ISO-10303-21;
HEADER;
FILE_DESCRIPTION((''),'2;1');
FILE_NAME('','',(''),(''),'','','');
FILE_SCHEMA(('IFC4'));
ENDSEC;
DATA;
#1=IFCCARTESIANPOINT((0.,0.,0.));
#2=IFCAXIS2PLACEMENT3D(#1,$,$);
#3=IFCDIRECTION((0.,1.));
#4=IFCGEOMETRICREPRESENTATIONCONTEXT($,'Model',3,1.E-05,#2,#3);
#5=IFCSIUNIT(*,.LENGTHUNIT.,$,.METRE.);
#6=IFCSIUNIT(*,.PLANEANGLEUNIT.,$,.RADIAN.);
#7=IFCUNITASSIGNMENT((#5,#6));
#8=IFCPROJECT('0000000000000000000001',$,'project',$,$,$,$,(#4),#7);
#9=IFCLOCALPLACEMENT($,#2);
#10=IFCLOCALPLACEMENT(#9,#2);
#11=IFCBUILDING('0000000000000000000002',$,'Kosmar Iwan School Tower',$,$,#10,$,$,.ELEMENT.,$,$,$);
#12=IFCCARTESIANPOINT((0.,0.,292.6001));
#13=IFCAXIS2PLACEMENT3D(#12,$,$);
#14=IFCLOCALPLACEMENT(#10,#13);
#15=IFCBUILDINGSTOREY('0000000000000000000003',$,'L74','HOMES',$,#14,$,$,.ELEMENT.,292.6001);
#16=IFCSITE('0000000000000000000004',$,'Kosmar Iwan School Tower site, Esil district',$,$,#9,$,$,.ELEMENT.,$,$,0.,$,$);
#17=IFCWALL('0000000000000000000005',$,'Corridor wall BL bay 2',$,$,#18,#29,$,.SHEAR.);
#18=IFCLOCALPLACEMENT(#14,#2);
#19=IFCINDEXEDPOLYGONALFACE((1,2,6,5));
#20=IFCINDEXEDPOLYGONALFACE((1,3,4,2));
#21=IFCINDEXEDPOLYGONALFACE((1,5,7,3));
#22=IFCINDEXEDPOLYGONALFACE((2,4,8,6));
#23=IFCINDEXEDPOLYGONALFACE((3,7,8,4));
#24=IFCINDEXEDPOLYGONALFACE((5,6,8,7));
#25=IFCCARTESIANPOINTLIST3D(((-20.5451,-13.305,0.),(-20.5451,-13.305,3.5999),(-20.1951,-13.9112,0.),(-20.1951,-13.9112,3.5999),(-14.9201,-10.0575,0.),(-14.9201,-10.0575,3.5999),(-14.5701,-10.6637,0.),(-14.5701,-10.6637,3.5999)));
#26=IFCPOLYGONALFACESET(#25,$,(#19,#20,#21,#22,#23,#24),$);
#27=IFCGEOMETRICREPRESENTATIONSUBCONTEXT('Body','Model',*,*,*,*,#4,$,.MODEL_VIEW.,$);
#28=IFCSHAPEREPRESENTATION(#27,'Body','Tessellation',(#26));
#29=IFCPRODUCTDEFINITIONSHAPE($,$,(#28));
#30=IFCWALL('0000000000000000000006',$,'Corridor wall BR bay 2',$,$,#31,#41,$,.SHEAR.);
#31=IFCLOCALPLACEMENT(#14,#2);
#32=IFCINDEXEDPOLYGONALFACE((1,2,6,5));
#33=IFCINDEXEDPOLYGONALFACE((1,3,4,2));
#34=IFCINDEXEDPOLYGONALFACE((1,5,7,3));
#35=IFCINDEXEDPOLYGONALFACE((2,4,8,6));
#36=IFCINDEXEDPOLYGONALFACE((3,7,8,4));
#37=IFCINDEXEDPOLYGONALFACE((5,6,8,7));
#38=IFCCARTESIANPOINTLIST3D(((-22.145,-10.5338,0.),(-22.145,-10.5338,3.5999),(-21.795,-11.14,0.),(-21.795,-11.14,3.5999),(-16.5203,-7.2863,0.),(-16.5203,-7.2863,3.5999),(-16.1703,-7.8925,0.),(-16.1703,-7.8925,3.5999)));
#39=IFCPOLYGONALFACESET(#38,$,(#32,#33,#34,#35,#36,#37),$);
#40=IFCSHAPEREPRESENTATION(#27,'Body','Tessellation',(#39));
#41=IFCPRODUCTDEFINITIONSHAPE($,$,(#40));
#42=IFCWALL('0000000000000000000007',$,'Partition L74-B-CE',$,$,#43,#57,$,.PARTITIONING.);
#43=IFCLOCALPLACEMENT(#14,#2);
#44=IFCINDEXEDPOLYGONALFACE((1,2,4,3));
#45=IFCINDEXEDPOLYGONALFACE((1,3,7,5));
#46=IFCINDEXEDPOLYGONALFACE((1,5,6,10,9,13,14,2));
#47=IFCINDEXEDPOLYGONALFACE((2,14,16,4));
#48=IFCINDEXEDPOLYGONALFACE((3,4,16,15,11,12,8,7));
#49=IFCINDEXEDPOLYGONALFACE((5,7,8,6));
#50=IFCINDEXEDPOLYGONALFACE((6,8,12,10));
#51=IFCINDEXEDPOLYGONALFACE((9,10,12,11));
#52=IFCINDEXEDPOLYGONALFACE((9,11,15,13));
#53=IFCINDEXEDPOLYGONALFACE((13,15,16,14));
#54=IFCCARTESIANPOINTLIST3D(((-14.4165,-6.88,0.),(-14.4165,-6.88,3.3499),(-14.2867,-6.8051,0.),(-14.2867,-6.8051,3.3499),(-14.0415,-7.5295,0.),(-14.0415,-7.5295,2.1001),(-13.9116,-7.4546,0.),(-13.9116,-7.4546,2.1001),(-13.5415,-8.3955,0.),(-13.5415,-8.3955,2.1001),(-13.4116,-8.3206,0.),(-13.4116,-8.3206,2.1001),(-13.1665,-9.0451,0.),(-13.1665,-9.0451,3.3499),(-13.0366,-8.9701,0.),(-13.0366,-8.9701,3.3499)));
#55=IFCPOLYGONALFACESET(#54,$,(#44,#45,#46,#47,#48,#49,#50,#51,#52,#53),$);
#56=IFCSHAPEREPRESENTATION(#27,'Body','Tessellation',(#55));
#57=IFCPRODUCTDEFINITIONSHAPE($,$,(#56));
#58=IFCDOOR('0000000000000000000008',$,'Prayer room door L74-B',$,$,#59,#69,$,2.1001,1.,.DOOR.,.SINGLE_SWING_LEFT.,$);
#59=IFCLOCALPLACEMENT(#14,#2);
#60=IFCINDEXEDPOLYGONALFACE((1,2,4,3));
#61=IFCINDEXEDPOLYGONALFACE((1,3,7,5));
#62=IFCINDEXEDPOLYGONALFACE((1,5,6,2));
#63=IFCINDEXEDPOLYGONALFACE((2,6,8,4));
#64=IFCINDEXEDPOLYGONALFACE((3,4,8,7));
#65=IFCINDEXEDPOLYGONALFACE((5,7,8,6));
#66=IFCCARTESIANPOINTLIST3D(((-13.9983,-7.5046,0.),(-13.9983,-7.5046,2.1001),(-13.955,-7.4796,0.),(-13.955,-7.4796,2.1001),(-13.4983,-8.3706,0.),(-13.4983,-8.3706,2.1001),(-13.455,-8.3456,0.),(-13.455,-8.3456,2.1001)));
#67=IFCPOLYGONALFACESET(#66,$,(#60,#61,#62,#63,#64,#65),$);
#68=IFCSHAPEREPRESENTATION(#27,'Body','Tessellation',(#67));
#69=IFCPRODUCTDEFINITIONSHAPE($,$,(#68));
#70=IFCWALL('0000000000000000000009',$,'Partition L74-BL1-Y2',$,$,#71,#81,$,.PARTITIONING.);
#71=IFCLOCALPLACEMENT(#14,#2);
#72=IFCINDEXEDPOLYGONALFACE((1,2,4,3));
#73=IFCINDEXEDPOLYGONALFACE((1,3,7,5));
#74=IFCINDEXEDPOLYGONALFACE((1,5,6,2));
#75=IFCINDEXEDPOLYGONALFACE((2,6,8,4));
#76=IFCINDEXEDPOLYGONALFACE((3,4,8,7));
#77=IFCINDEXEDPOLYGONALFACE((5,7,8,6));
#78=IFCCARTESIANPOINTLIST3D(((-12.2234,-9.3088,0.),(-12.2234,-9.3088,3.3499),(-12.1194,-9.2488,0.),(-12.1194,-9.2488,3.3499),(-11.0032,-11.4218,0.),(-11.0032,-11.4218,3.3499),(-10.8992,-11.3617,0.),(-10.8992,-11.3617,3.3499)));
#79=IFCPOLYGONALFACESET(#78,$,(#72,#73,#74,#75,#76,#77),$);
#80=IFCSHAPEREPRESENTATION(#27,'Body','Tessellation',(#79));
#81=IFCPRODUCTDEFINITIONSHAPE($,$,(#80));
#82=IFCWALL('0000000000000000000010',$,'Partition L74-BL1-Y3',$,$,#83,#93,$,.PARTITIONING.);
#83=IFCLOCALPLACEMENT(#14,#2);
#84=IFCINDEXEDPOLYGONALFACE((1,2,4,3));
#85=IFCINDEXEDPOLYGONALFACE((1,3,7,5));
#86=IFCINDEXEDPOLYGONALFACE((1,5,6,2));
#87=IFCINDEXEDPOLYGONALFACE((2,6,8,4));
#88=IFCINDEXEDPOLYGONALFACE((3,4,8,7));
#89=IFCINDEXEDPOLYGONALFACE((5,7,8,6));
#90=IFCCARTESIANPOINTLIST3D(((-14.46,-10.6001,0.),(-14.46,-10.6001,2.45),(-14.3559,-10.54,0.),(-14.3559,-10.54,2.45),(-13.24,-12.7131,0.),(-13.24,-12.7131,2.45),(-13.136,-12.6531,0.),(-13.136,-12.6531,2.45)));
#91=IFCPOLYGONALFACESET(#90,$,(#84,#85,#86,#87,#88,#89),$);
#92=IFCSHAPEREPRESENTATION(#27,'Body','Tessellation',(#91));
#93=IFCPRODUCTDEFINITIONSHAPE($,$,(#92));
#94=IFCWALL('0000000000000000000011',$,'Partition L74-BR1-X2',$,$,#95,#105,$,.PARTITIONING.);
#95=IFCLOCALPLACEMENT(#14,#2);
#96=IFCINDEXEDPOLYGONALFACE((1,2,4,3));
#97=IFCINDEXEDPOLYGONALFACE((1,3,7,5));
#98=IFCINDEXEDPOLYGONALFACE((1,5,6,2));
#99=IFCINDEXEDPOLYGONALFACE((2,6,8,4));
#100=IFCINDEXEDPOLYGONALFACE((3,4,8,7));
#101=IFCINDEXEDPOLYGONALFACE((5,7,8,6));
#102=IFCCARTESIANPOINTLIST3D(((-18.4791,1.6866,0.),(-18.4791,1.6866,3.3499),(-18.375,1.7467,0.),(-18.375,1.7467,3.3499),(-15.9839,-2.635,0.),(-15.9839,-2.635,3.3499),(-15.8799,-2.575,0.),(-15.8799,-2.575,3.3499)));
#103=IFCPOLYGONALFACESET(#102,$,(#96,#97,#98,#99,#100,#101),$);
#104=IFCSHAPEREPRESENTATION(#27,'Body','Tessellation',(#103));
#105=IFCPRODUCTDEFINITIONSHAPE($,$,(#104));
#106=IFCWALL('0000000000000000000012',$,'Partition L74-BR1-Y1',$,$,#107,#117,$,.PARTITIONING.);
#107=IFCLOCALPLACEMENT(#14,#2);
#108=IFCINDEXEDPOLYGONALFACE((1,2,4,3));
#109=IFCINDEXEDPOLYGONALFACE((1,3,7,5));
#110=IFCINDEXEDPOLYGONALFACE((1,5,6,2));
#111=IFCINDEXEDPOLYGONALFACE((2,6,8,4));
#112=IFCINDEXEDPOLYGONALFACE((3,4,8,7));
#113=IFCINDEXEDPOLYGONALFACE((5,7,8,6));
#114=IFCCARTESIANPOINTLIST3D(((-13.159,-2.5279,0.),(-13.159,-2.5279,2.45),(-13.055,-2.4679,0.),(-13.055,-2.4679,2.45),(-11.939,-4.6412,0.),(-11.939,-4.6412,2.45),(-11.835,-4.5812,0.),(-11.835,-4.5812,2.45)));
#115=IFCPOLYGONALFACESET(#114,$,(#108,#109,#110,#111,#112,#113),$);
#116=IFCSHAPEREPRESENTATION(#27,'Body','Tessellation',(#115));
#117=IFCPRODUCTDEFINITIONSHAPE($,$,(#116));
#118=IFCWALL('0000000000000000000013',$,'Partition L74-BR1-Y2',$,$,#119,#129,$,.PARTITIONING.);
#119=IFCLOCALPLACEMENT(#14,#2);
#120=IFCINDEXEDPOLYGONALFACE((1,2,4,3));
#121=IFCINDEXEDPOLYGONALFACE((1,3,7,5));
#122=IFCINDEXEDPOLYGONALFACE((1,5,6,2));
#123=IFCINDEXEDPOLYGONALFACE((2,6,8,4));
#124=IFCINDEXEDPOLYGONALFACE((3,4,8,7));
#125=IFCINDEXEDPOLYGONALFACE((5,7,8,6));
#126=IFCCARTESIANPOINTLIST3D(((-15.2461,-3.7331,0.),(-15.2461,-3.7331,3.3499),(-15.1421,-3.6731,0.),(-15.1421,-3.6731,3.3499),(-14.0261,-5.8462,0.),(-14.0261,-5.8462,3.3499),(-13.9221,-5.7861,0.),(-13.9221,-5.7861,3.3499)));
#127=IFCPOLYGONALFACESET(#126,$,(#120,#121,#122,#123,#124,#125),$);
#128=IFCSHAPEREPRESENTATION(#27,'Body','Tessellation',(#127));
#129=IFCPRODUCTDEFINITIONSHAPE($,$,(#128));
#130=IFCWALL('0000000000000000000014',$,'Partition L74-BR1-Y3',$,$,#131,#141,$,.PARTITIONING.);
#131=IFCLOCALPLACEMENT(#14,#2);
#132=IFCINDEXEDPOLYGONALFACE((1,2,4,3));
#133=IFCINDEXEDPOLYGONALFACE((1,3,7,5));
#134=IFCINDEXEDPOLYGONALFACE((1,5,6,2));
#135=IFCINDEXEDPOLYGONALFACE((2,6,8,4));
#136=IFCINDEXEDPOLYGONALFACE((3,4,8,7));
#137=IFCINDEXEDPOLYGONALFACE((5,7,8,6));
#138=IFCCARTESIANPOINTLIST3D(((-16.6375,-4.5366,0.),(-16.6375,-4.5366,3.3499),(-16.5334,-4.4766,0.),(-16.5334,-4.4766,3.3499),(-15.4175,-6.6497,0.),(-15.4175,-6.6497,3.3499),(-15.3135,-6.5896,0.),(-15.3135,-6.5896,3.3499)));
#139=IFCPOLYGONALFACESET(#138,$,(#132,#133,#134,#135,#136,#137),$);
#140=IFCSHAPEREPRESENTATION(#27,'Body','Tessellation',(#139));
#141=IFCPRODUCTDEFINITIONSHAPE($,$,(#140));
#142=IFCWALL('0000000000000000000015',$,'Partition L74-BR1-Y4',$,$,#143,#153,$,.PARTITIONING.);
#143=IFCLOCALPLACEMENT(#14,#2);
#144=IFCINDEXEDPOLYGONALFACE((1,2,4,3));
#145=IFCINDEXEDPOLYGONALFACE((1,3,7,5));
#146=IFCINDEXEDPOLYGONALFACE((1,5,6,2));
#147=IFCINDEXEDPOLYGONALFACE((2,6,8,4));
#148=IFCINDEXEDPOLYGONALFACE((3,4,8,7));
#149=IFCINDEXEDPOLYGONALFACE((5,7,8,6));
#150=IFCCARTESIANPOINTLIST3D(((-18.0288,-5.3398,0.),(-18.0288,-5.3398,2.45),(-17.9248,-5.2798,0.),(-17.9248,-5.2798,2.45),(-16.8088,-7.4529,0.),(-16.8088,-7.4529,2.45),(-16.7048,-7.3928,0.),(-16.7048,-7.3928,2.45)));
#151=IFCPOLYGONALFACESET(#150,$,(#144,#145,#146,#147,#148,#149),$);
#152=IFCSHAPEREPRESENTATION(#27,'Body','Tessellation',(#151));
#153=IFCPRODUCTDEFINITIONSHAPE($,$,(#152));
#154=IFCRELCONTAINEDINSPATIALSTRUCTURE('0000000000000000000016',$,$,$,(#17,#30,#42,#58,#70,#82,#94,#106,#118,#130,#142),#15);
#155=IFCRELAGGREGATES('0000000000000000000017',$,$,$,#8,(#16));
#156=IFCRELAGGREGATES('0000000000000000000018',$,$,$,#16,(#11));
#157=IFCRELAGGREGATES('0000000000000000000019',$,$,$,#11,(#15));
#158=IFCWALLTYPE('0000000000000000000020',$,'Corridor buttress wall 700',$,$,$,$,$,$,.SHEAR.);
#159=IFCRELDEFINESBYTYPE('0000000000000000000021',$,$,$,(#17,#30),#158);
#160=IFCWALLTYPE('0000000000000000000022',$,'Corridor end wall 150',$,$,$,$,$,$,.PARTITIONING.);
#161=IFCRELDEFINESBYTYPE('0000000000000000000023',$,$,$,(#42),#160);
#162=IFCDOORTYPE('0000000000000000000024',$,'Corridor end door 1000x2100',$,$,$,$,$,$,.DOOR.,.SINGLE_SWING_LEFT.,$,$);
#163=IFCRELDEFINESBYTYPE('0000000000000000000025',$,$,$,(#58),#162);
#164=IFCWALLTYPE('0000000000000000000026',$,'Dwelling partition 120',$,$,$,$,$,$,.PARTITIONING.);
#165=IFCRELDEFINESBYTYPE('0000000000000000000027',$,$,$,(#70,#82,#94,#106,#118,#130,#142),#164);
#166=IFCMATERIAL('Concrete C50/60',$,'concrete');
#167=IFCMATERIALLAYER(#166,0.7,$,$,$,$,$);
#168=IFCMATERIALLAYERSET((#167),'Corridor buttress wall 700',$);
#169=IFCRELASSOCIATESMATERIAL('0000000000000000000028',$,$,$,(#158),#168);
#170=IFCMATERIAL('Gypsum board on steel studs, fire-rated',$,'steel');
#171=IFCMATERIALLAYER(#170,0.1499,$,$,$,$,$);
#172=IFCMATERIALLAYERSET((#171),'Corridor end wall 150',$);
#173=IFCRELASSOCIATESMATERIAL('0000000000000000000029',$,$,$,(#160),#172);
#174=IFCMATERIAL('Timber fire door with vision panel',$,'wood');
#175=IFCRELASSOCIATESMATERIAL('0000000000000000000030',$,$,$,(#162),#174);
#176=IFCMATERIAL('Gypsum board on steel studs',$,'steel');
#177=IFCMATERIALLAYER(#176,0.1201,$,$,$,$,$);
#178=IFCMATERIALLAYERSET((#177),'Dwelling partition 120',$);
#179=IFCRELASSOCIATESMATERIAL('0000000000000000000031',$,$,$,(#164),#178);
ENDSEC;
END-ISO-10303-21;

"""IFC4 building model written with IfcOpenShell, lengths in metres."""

from ifc_helpers import new_model, si_unit, direction, frame, frame_2d, origin, place, context, subcontext, project, spatial, rectangle, extrude, material, layer, layer_set, type_object, element, fill, save


model = new_model("IFC4")

# Units and contexts
model_context = context("Model", 3, precision=1e-05, world=origin(), true_north=direction((0.0, 1.0)))
body_context = subcontext(model_context, "Body", "Model", "MODEL_VIEW")
ifc_project = project(units=[si_unit("LENGTHUNIT", "METRE"), si_unit("PLANEANGLEUNIT", "RADIAN")], contexts=[model_context])

# Site, building, storey
site_placement = place(None, origin())
site = spatial("IfcSite", under=ifc_project, at=site_placement, Name="Kosmar Iwan School Tower site, Esil district", CompositionType="ELEMENT", RefElevation=0.0)
building_placement = place(site_placement, origin())
building = spatial("IfcBuilding", under=site, at=building_placement, Name="Kosmar Iwan School Tower", CompositionType="ELEMENT")
storey_placement = place(building_placement, frame((0.0, 0.0, 292.6001)))
storey = spatial("IfcBuildingStorey", under=building, at=storey_placement, Name="L74", Description="HOMES", CompositionType="ELEMENT", Elevation=292.6001)

# Walls
ifc_material_1 = material(Name="Concrete C50/60", Category="concrete")
ifc_layer_1 = layer(ifc_material_1, 0.7)
ifc_layer_set_1 = layer_set([ifc_layer_1], Name="Corridor buttress wall 700")
wall_type_1 = type_object("IfcWallType", Name="Corridor buttress wall 700", PredefinedType="SHEAR", material=ifc_layer_set_1)
wall_1_placement = place(storey_placement, frame((-14.7451, -10.3606, 0.0), z_axis=(0.0, 0.0, 1.0), x_axis=(-0.866028, -0.499996, 0.0)))
element("IfcWall", 1, at=wall_1_placement, inside=storey, type_object=wall_type_1, Name="Corridor wall BL bay 2", PredefinedType="SHEAR", context=body_context, shape_type="SweptSolid", body=[
    extrude(rectangle(XDim=6.4951, YDim=0.7, at=frame_2d((3.2476, 0.0))), origin(), (0.0, 0.0, 1.0), 3.5999),
])
wall_2_placement = place(storey_placement, frame((-16.3452, -7.5894, 0.0), z_axis=(0.0, 0.0, 1.0), x_axis=(-0.866018, -0.500012, 0.0)))
element("IfcWall", 2, at=wall_2_placement, inside=storey, type_object=wall_type_1, Name="Corridor wall BR bay 2", PredefinedType="SHEAR", context=body_context, shape_type="SweptSolid", body=[
    extrude(rectangle(XDim=6.4949, YDim=0.7, at=frame_2d((3.2476, 0.0))), origin(), (0.0, 0.0, 1.0), 3.5999),
])

# Wall, opening, door
ifc_material_2 = material(Name="Gypsum board on steel studs, fire-rated", Category="steel")
ifc_layer_2 = layer(ifc_material_2, 0.1499)
ifc_layer_set_2 = layer_set([ifc_layer_2], Name="Corridor end wall 150")
wall_type_2 = type_object("IfcWallType", Name="Corridor end wall 150", PredefinedType="PARTITIONING", material=ifc_layer_set_2)
wall_3_placement = place(storey_placement, frame((-14.3516, -6.8425, 0.0), z_axis=(0.0, 0.0, 1.0), x_axis=(0.500004, -0.866023, 0.0)))
wall_3 = element("IfcWall", 3, at=wall_3_placement, inside=storey, type_object=wall_type_2, Name="Partition L74-B-CE", PredefinedType="PARTITIONING", context=body_context, shape_type="SweptSolid", body=[
    extrude(rectangle(XDim=2.5, YDim=0.1499, at=frame_2d((1.25, 0.0))), origin(), (0.0, 0.0, 1.0), 3.3499),
])
opening_placement = place(wall_3_placement, frame((0.75, 0.0, 0.0)))
opening = element("IfcOpeningElement", 4, at=opening_placement, cuts=wall_3, PredefinedType="OPENING", context=body_context, shape_type="SweptSolid", body=[
    extrude(rectangle(XDim=1.0, YDim=2.1001, at=frame_2d((0.5, 1.05))), frame((0.0, 0.0869, 0.0), z_axis=(0.0, -1.0, 0.0), x_axis=(1.0, 0.0, 0.0)), (0.0, 0.0, 1.0), 0.1738),
])
ifc_material_3 = material(Name="Timber fire door with vision panel", Category="wood")
door_type = type_object("IfcDoorType", Name="Corridor end door 1000x2100", OperationType="SINGLE_SWING_LEFT", PredefinedType="DOOR", material=ifc_material_3)
door_placement = place(opening_placement, origin())
door = element("IfcDoor", 5, at=door_placement, inside=storey, type_object=door_type, Name="Prayer room door L74-B", OperationType="SINGLE_SWING_LEFT", OverallHeight=2.1001, OverallWidth=1.0, PredefinedType="DOOR", context=body_context, shape_type="SweptSolid", body=[
    extrude(rectangle(XDim=1.0, YDim=2.1001, at=frame_2d((0.5, 1.05))), frame((0.0, 0.0249, 0.0), z_axis=(0.0, -1.0, 0.0), x_axis=(1.0, 0.0, 0.0)), (0.0, 0.0, 1.0), 0.05),
])
fill(opening, door)

# Walls
ifc_material_4 = material(Name="Gypsum board on steel studs", Category="steel")
ifc_layer_3 = layer(ifc_material_4, 0.1201)
ifc_layer_set_3 = layer_set([ifc_layer_3], Name="Dwelling partition 120")
wall_type_3 = type_object("IfcWallType", Name="Dwelling partition 120", PredefinedType="PARTITIONING", material=ifc_layer_set_3)
wall_4_placement = place(storey_placement, frame((-12.1714, -9.2788, 0.0), z_axis=(0.0, 0.0, 1.0), x_axis=(0.500078, -0.865981, 0.0)))
element("IfcWall", 6, at=wall_4_placement, inside=storey, type_object=wall_type_3, Name="Partition L74-BL1-Y2", PredefinedType="PARTITIONING", context=body_context, shape_type="SweptSolid", body=[
    extrude(rectangle(XDim=2.4399, YDim=0.1201, at=frame_2d((1.22, 0.0))), origin(), (0.0, 0.0, 1.0), 3.3499),
])
wall_5_placement = place(storey_placement, frame((-14.408, -10.5701, 0.0), z_axis=(0.0, 0.0, 1.0), x_axis=(0.500003, -0.866024, 0.0)))
element("IfcWall", 7, at=wall_5_placement, inside=storey, type_object=wall_type_3, Name="Partition L74-BL1-Y3", PredefinedType="PARTITIONING", context=body_context, shape_type="SweptSolid", body=[
    extrude(rectangle(XDim=2.4399, YDim=0.1201, at=frame_2d((1.22, 0.0))), origin(), (0.0, 0.0, 1.0), 2.45),
])
wall_6_placement = place(storey_placement, frame((-15.9319, -2.605, 0.0), z_axis=(0.0, 0.0, 1.0), x_axis=(-0.500012, 0.866019, 0.0)))
element("IfcWall", 8, at=wall_6_placement, inside=storey, type_object=wall_type_3, Name="Partition L74-BR1-X2", PredefinedType="PARTITIONING", context=body_context, shape_type="SweptSolid", body=[
    extrude(rectangle(XDim=4.9902, YDim=0.1201, at=frame_2d((2.4951, 0.0))), origin(), (0.0, 0.0, 1.0), 3.3499),
])
wall_7_placement = place(storey_placement, frame((-11.887, -4.6113, 0.0), z_axis=(0.0, 0.0, 1.0), x_axis=(-0.499959, 0.866049, 0.0)))
element("IfcWall", 9, at=wall_7_placement, inside=storey, type_object=wall_type_3, Name="Partition L74-BR1-Y1", PredefinedType="PARTITIONING", context=body_context, shape_type="SweptSolid", body=[
    extrude(rectangle(XDim=2.4402, YDim=0.1201, at=frame_2d((1.2202, 0.0))), origin(), (0.0, 0.0, 1.0), 2.45),
])
for number, where, z_axis, x_axis, name in (
    (10, (-13.9741, -5.8162, 0.0), (0.0, 0.0, 1.0), (-0.500003, 0.866024, 0.0), "Partition L74-BR1-Y2"),
    (11, (-15.3655, -6.6196, 0.0), (0.0, 0.0, 1.0), (-0.500003, 0.866024, 0.0), "Partition L74-BR1-Y3"),
):
    element("IfcWall", number, at=place(storey_placement, frame(where, z_axis=z_axis, x_axis=x_axis)), inside=storey, type_object=wall_type_3, Name=name, PredefinedType="PARTITIONING", context=body_context, shape_type="SweptSolid", body=[
        extrude(rectangle(XDim=2.4399, YDim=0.1201, at=frame_2d((1.22, 0.0))), origin(), (0.0, 0.0, 1.0), 3.3499),
    ])
wall_8_placement = place(storey_placement, frame((-16.7568, -7.4229, 0.0), z_axis=(0.0, 0.0, 1.0), x_axis=(-0.500003, 0.866024, 0.0)))
element("IfcWall", 12, at=wall_8_placement, inside=storey, type_object=wall_type_3, Name="Partition L74-BR1-Y4", PredefinedType="PARTITIONING", context=body_context, shape_type="SweptSolid", body=[
    extrude(rectangle(XDim=2.4399, YDim=0.1201, at=frame_2d((1.22, 0.0))), origin(), (0.0, 0.0, 1.0), 2.45),
])

save(model, "model.ifc")
